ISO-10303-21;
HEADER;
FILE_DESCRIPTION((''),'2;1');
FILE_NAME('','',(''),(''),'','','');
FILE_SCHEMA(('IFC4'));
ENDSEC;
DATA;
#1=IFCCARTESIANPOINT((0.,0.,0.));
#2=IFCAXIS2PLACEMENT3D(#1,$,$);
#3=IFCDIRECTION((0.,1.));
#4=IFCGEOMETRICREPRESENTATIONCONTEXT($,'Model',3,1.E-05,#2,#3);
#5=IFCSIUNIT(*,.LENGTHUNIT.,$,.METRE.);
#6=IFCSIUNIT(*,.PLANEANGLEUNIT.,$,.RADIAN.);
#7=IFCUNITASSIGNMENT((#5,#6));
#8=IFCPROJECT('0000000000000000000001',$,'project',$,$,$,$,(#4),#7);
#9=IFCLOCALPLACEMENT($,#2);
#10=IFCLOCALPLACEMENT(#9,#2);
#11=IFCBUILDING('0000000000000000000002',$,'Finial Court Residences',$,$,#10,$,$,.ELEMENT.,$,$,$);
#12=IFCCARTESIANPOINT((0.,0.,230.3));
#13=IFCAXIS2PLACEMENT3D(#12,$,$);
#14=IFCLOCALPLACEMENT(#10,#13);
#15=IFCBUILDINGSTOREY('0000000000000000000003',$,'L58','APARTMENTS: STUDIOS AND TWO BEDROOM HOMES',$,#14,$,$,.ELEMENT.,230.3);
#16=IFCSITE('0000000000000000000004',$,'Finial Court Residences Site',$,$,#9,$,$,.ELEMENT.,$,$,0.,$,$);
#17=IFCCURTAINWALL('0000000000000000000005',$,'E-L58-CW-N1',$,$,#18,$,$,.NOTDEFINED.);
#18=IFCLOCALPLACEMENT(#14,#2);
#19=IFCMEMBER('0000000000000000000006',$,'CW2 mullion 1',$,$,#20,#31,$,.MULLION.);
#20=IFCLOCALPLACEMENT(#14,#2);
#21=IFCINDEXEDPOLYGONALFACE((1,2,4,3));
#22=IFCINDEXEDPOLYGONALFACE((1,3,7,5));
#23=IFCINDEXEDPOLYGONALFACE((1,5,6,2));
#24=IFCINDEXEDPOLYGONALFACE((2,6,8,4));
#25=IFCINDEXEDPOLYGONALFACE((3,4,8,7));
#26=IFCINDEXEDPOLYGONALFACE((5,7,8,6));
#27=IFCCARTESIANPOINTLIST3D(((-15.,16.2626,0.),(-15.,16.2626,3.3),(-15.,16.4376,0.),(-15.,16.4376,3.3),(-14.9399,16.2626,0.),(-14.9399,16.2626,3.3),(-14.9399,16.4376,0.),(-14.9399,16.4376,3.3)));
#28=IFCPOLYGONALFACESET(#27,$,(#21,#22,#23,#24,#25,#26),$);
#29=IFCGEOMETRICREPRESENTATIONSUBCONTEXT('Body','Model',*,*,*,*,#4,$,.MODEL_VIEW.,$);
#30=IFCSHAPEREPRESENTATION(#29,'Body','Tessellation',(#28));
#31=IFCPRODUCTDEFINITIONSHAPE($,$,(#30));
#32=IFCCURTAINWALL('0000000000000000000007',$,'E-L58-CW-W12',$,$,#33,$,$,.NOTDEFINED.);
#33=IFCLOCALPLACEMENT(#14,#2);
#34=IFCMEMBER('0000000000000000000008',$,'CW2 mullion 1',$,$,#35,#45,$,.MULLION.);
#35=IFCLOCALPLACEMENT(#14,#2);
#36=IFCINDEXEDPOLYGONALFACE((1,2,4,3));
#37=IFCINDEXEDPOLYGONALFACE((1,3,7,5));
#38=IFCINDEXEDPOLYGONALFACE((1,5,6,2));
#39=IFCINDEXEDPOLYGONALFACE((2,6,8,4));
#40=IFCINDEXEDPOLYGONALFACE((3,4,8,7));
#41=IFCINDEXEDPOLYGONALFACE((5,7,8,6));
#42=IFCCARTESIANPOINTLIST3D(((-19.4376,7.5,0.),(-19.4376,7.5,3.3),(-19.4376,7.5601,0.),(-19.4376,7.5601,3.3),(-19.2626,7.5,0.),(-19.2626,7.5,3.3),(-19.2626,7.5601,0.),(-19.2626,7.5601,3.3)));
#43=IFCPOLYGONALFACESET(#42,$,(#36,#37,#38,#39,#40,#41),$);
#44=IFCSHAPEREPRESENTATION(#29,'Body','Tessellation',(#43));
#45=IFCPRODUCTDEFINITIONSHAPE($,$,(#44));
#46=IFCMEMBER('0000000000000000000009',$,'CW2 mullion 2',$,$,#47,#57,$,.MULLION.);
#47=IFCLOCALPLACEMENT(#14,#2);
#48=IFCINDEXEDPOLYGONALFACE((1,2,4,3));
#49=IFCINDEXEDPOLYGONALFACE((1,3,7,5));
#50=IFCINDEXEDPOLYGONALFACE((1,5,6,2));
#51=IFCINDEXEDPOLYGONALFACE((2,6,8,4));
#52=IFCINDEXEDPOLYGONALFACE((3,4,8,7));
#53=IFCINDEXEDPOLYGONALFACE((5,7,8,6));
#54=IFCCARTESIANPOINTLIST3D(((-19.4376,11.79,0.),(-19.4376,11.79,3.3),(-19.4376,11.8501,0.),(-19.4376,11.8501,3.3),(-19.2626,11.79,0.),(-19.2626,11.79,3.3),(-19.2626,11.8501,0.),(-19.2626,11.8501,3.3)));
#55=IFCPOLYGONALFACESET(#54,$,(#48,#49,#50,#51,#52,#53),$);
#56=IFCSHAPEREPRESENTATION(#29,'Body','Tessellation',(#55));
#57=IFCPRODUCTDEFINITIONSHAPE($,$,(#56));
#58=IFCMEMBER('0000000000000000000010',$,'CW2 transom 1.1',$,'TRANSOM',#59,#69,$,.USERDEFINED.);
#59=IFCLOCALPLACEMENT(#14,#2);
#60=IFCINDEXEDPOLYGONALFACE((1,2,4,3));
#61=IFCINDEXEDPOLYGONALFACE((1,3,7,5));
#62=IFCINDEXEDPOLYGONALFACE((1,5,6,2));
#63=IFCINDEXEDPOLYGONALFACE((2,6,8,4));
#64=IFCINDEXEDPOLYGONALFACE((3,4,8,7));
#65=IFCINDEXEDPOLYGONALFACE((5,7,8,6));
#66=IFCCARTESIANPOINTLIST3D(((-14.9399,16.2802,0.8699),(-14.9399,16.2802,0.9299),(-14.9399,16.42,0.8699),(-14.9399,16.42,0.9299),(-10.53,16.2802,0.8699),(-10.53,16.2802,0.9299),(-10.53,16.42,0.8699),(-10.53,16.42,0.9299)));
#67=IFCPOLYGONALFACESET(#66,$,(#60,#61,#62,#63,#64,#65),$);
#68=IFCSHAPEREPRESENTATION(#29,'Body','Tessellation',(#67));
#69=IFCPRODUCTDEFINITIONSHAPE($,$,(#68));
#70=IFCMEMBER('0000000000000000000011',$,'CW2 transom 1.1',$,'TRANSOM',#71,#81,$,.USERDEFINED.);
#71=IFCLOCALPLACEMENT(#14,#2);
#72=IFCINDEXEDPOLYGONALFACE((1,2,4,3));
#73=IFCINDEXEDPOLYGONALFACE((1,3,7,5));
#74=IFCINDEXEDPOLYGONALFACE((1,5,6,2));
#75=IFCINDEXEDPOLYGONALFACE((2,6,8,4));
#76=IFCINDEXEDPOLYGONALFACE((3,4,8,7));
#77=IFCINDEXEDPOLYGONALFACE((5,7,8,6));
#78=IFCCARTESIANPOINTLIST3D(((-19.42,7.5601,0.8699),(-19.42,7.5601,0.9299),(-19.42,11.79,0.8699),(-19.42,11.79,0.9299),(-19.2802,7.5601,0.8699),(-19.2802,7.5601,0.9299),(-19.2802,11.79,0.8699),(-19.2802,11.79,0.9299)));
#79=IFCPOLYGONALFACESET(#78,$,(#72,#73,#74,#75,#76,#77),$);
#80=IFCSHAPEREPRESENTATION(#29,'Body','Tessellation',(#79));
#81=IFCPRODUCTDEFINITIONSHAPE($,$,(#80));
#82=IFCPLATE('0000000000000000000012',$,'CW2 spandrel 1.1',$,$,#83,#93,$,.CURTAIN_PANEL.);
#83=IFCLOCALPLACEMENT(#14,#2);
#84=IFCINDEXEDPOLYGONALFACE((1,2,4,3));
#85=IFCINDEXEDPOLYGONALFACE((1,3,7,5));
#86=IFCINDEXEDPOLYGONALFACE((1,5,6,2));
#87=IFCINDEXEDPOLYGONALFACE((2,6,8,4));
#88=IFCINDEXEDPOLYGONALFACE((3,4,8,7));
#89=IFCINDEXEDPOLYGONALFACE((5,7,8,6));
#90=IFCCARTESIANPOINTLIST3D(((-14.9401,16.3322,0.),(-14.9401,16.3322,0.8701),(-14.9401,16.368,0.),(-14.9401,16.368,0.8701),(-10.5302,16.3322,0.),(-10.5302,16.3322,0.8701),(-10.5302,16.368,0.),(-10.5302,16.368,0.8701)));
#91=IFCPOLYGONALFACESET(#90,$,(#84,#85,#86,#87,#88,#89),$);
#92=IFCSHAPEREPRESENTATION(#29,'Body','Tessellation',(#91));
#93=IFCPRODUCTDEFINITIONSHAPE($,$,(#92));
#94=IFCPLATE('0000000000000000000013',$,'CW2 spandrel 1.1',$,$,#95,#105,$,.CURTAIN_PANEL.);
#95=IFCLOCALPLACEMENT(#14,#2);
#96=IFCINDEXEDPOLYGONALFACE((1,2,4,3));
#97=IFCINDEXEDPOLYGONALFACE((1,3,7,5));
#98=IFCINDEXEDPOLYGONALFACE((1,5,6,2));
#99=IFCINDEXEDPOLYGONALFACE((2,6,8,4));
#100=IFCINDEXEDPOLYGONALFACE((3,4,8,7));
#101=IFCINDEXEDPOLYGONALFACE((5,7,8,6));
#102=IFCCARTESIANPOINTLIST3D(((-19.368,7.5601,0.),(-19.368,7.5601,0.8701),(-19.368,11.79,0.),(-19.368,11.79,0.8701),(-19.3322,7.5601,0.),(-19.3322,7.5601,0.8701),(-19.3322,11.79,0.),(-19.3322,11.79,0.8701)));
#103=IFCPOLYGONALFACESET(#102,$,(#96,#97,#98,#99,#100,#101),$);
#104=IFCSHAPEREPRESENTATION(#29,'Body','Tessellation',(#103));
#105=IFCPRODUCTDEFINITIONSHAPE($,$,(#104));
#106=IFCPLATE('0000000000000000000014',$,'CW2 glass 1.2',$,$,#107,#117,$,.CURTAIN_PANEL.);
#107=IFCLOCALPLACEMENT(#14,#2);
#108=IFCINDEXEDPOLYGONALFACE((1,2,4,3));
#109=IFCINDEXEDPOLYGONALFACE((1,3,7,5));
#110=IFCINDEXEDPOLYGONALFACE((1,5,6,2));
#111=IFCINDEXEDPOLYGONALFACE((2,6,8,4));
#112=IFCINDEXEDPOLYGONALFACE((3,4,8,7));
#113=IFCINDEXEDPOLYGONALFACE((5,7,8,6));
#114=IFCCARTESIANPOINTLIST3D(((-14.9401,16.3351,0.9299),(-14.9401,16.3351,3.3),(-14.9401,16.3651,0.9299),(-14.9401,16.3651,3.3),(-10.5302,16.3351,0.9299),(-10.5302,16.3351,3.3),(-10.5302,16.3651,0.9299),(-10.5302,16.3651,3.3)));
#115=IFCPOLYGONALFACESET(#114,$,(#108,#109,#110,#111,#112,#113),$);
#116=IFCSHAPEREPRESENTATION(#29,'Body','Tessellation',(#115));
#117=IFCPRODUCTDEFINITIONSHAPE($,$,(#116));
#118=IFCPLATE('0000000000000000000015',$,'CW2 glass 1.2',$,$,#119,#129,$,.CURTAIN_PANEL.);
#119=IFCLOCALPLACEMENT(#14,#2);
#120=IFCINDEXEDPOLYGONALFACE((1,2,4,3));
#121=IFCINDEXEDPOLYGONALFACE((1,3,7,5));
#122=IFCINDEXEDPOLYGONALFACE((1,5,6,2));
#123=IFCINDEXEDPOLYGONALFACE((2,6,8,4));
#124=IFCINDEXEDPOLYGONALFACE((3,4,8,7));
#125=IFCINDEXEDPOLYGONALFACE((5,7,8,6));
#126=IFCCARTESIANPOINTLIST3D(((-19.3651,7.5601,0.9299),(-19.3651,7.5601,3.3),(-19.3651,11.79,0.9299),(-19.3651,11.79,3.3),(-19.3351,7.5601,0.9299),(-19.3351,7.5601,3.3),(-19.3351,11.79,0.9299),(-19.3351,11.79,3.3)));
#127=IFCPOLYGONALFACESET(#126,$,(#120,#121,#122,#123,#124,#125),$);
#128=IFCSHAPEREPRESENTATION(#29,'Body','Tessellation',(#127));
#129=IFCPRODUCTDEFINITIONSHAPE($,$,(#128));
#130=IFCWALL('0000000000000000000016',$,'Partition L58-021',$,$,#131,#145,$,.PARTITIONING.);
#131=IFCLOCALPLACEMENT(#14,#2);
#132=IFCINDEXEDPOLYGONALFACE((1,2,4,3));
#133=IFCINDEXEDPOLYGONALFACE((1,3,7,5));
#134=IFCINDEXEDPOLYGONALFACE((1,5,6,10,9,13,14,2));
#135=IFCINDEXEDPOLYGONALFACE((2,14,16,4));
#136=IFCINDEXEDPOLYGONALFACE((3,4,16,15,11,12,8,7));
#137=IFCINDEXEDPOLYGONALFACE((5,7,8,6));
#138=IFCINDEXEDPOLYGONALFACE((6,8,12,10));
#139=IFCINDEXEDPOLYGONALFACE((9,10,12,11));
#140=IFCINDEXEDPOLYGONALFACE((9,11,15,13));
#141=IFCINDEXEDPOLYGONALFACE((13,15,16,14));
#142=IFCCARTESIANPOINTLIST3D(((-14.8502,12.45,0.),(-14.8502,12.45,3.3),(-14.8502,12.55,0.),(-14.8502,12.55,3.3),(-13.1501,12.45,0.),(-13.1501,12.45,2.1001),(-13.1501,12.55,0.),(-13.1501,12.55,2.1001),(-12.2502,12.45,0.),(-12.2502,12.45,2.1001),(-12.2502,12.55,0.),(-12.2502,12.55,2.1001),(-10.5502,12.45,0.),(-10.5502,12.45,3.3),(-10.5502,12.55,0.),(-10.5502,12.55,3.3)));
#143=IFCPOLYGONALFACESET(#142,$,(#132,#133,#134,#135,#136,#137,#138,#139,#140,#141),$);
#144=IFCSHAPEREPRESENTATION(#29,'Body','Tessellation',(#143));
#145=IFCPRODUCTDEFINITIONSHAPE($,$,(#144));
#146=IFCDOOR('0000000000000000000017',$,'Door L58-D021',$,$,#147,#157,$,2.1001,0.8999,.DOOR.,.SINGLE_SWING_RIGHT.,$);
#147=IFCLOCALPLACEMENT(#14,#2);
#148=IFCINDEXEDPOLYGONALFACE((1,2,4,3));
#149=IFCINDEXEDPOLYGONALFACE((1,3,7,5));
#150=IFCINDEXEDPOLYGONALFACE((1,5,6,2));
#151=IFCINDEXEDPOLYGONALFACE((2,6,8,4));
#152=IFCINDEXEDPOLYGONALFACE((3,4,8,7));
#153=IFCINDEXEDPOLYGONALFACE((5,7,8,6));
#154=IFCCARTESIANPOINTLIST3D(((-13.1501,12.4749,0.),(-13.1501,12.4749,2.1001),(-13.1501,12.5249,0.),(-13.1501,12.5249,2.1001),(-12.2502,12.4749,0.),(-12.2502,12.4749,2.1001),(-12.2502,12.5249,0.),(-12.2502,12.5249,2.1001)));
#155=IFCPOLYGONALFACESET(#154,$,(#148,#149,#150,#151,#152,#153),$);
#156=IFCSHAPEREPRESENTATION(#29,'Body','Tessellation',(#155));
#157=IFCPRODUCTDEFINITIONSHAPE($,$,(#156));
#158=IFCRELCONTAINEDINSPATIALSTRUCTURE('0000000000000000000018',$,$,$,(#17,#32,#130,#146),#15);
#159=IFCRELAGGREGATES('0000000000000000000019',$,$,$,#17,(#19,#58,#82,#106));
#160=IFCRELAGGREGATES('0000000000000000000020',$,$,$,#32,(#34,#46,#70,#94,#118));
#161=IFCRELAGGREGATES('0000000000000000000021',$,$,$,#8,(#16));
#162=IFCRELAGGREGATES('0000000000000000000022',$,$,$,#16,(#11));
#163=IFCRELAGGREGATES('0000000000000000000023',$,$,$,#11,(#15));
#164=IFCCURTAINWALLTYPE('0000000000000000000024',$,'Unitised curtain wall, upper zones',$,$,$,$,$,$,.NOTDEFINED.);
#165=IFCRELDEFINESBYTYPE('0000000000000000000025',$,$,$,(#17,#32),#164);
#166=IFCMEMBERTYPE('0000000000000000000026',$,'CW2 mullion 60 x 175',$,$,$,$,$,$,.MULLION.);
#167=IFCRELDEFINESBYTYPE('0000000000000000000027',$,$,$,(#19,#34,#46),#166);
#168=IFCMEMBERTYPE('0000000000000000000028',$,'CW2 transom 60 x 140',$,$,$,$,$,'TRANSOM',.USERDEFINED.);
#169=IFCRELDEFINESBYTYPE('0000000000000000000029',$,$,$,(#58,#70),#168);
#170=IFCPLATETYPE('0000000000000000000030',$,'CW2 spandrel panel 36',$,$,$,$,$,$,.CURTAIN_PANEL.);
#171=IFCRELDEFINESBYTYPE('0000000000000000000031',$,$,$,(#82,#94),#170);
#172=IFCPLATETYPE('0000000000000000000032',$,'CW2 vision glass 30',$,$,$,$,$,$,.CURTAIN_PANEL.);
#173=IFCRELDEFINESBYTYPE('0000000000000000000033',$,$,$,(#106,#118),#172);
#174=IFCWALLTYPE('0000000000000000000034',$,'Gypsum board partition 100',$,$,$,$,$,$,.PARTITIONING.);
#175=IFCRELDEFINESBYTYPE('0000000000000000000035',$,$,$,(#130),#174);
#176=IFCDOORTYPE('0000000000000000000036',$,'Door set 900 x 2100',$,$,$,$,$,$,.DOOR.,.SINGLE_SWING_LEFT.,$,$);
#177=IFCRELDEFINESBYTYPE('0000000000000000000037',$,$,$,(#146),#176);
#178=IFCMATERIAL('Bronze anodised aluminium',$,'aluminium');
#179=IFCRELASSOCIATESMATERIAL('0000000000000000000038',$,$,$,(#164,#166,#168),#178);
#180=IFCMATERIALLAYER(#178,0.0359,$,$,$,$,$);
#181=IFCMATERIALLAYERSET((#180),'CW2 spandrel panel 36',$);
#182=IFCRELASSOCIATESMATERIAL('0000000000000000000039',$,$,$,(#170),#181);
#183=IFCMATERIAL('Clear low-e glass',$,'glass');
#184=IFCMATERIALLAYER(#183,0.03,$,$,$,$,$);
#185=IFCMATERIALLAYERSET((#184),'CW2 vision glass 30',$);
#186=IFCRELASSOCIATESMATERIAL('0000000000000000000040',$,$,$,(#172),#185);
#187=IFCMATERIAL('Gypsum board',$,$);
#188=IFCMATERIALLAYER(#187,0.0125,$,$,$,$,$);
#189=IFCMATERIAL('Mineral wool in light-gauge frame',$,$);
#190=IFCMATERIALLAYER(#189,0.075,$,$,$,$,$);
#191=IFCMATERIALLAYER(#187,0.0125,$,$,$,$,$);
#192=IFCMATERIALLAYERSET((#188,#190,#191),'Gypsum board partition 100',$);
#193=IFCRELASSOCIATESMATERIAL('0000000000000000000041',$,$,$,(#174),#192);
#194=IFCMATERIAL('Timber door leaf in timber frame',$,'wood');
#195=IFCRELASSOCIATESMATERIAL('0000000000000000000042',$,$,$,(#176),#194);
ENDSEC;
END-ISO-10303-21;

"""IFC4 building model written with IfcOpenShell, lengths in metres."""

from ifc_helpers import new_model, si_unit, direction, frame, frame_2d, origin, origin_2d, place, context, subcontext, project, spatial, rectangle, extrude, material, layer, layer_set, material_profile, profile_set, type_object, element, fill, aggregate, save


model = new_model("IFC4")

# Units and contexts
model_context = context("Model", 3, precision=1e-05, world=origin(), true_north=direction((0.0, 1.0)))
body_context = subcontext(model_context, "Body", "Model", "MODEL_VIEW")
ifc_project = project(units=[si_unit("LENGTHUNIT", "METRE"), si_unit("PLANEANGLEUNIT", "RADIAN")], contexts=[model_context])

# Site, building, storey
site_placement = place(None, origin())
site = spatial("IfcSite", under=ifc_project, at=site_placement, Name="Finial Court Residences Site", CompositionType="ELEMENT", RefElevation=0.0)
building_placement = place(site_placement, origin())
building = spatial("IfcBuilding", under=site, at=building_placement, Name="Finial Court Residences", CompositionType="ELEMENT")
storey_placement = place(building_placement, frame((0.0, 0.0, 230.3)))
storey = spatial("IfcBuildingStorey", under=building, at=storey_placement, Name="L58", Description="APARTMENTS: STUDIOS AND TWO BEDROOM HOMES", CompositionType="ELEMENT", Elevation=230.3)

# Curtain wall, member
ifc_material_1 = material(Name="Bronze anodised aluminium", Category="aluminium")
curtain_wall_type = type_object("IfcCurtainWallType", Name="Unitised curtain wall, upper zones", PredefinedType="NOTDEFINED", material=ifc_material_1)
curtain_wall_1_placement = place(storey_placement, origin())
curtain_wall_1 = element("IfcCurtainWall", 1, at=curtain_wall_1_placement, inside=storey, type_object=curtain_wall_type, Name="E-L58-CW-N1", PredefinedType="NOTDEFINED")
ifc_material_profile_1 = material_profile(ifc_material_1, rectangle(XDim=0.175, YDim=0.0601, at=origin_2d()), Name="CW2 mullion 60 x 175")
ifc_profile_set_1 = profile_set([ifc_material_profile_1], Name="Bronze anodised aluminium")
member_type_1 = type_object("IfcMemberType", Name="CW2 mullion 60 x 175", PredefinedType="MULLION", material=ifc_profile_set_1)
member_1_placement = place(storey_placement, frame((-14.97, 16.3501, 0.0), z_axis=(0.0, 0.0, 1.0), x_axis=(0.0, 1.0, 0.0)))
member_1 = element("IfcMember", 2, at=member_1_placement, type_object=member_type_1, Name="CW2 mullion 1", PredefinedType="MULLION", context=body_context, shape_type="SweptSolid", body=[
    extrude(rectangle(XDim=0.175, YDim=0.0601, at=origin_2d()), origin(), (0.0, 0.0, 1.0), 3.3),
])

# Curtain wall, members
curtain_wall_2_placement = place(storey_placement, origin())
curtain_wall_2 = element("IfcCurtainWall", 3, at=curtain_wall_2_placement, inside=storey, type_object=curtain_wall_type, Name="E-L58-CW-W12", PredefinedType="NOTDEFINED")
member_2_placement = place(storey_placement, frame((-19.3501, 7.53, 0.0), z_axis=(0.0, 0.0, 1.0), x_axis=(-1.0, 0.0, 0.0)))
member_2 = element("IfcMember", 4, at=member_2_placement, type_object=member_type_1, Name="CW2 mullion 1", PredefinedType="MULLION", context=body_context, shape_type="SweptSolid", body=[
    extrude(rectangle(XDim=0.175, YDim=0.0601, at=origin_2d()), origin(), (0.0, 0.0, 1.0), 3.3),
])
member_3_placement = place(storey_placement, frame((-19.3501, 11.8201, 0.0), z_axis=(0.0, 0.0, 1.0), x_axis=(-1.0, 0.0, 0.0)))
member_3 = element("IfcMember", 5, at=member_3_placement, type_object=member_type_1, Name="CW2 mullion 2", PredefinedType="MULLION", context=body_context, shape_type="SweptSolid", body=[
    extrude(rectangle(XDim=0.175, YDim=0.0601, at=origin_2d()), origin(), (0.0, 0.0, 1.0), 3.3),
])

# Members
ifc_material_profile_2 = material_profile(ifc_material_1, rectangle(XDim=0.1399, YDim=0.0601, at=origin_2d()), Name="CW2 transom 60 x 140")
ifc_profile_set_2 = profile_set([ifc_material_profile_2], Name="Bronze anodised aluminium")
member_type_2 = type_object("IfcMemberType", Name="CW2 transom 60 x 140", ElementType="TRANSOM", PredefinedType="USERDEFINED", material=ifc_profile_set_2)
member_4_placement = place(storey_placement, frame((-14.9399, 16.3501, 0.8999), z_axis=(1.0, 0.0, 0.0), x_axis=(0.0, 1.0, 0.0)))
member_4 = element("IfcMember", 6, at=member_4_placement, type_object=member_type_2, Name="CW2 transom 1.1", ObjectType="TRANSOM", PredefinedType="USERDEFINED", context=body_context, shape_type="SweptSolid", body=[
    extrude(rectangle(XDim=0.1399, YDim=0.0601, at=origin_2d()), origin(), (0.0, 0.0, 1.0), 4.4099),
])
member_5_placement = place(storey_placement, frame((-19.3501, 7.5601, 0.8999), z_axis=(0.0, 1.0, 0.0), x_axis=(-1.0, 0.0, 0.0)))
member_5 = element("IfcMember", 7, at=member_5_placement, type_object=member_type_2, Name="CW2 transom 1.1", ObjectType="TRANSOM", PredefinedType="USERDEFINED", context=body_context, shape_type="SweptSolid", body=[
    extrude(rectangle(XDim=0.1399, YDim=0.0601, at=origin_2d()), origin(), (0.0, 0.0, 1.0), 4.23),
])

# Plates
ifc_layer_1 = layer(ifc_material_1, 0.0359)
ifc_layer_set_1 = layer_set([ifc_layer_1], Name="CW2 spandrel panel 36")
plate_type_1 = type_object("IfcPlateType", Name="CW2 spandrel panel 36", PredefinedType="CURTAIN_PANEL", material=ifc_layer_set_1)
plate_1_placement = place(storey_placement, frame((-12.7351, 16.3501, 0.0), z_axis=(0.0, 0.0, 1.0), x_axis=(1.0, 0.0, 0.0)))
plate_1 = element("IfcPlate", 8, at=plate_1_placement, type_object=plate_type_1, Name="CW2 spandrel 1.1", PredefinedType="CURTAIN_PANEL", context=body_context, shape_type="SweptSolid", body=[
    extrude(rectangle(XDim=4.4099, YDim=0.0359, at=origin_2d()), origin(), (0.0, 0.0, 1.0), 0.8701),
])
plate_2_placement = place(storey_placement, frame((-19.3501, 9.675, 0.0), z_axis=(0.0, 0.0, 1.0), x_axis=(0.0, 1.0, 0.0)))
plate_2 = element("IfcPlate", 9, at=plate_2_placement, type_object=plate_type_1, Name="CW2 spandrel 1.1", PredefinedType="CURTAIN_PANEL", context=body_context, shape_type="SweptSolid", body=[
    extrude(rectangle(XDim=4.23, YDim=0.0359, at=origin_2d()), origin(), (0.0, 0.0, 1.0), 0.8701),
])
ifc_material_2 = material(Name="Clear low-e glass", Category="glass")
ifc_layer_2 = layer(ifc_material_2, 0.03)
ifc_layer_set_2 = layer_set([ifc_layer_2], Name="CW2 vision glass 30")
plate_type_2 = type_object("IfcPlateType", Name="CW2 vision glass 30", PredefinedType="CURTAIN_PANEL", material=ifc_layer_set_2)
plate_3_placement = place(storey_placement, frame((-12.7351, 16.3501, 0.9299), z_axis=(0.0, 0.0, 1.0), x_axis=(1.0, 0.0, 0.0)))
plate_3 = element("IfcPlate", 10, at=plate_3_placement, type_object=plate_type_2, Name="CW2 glass 1.2", PredefinedType="CURTAIN_PANEL", context=body_context, shape_type="SweptSolid", body=[
    extrude(rectangle(XDim=4.4099, YDim=0.03, at=origin_2d()), origin(), (0.0, 0.0, 1.0), 2.3701),
])
aggregate(curtain_wall_1, [member_1, member_4, plate_1, plate_3])
plate_4_placement = place(storey_placement, frame((-19.3501, 9.675, 0.9299), z_axis=(0.0, 0.0, 1.0), x_axis=(0.0, 1.0, 0.0)))
plate_4 = element("IfcPlate", 11, at=plate_4_placement, type_object=plate_type_2, Name="CW2 glass 1.2", PredefinedType="CURTAIN_PANEL", context=body_context, shape_type="SweptSolid", body=[
    extrude(rectangle(XDim=4.23, YDim=0.03, at=origin_2d()), origin(), (0.0, 0.0, 1.0), 2.3701),
])
aggregate(curtain_wall_2, [member_2, member_3, member_5, plate_2, plate_4])

# Wall, opening, door
ifc_material_3 = material(Name="Gypsum board")
ifc_layer_3 = layer(ifc_material_3, 0.0125)
ifc_material_4 = material(Name="Mineral wool in light-gauge frame")
ifc_layer_4 = layer(ifc_material_4, 0.075)
ifc_layer_5 = layer(ifc_material_3, 0.0125)
ifc_layer_set_3 = layer_set([ifc_layer_3, ifc_layer_4, ifc_layer_5], Name="Gypsum board partition 100")
wall_type_1 = type_object("IfcWallType", Name="Gypsum board partition 100", PredefinedType="PARTITIONING", material=ifc_layer_set_3)
wall_1_placement = place(storey_placement, frame((-14.8501, 12.5, 0.0), z_axis=(0.0, 0.0, 1.0), x_axis=(1.0, 0.0, 0.0)))
wall_1 = element("IfcWall", 12, at=wall_1_placement, inside=storey, type_object=wall_type_1, Name="Partition L58-021", PredefinedType="PARTITIONING", context=body_context, shape_type="SweptSolid", body=[
    extrude(rectangle(XDim=4.3, YDim=0.1001, at=frame_2d((2.1499, 0.0))), origin(), (0.0, 0.0, 1.0), 3.3),
])
opening_1_placement = place(wall_1_placement, frame((1.7, 0.0, 0.0)))
opening_1 = element("IfcOpeningElement", 13, at=opening_1_placement, cuts=wall_1, PredefinedType="OPENING", context=body_context, shape_type="SweptSolid", body=[
    extrude(rectangle(XDim=0.8999, YDim=2.1001, at=frame_2d((0.45, 1.05))), frame((0.0, 0.0601, 0.0), z_axis=(0.0, -1.0, 0.0), x_axis=(1.0, 0.0, 0.0)), (0.0, 0.0, 1.0), 0.1201),
])
ifc_material_5 = material(Name="Timber door leaf in timber frame", Category="wood")
door_type = type_object("IfcDoorType", Name="Door set 900 x 2100", OperationType="SINGLE_SWING_LEFT", PredefinedType="DOOR", material=ifc_material_5)
door_placement = place(opening_1_placement, origin())
door = element("IfcDoor", 14, at=door_placement, inside=storey, type_object=door_type, Name="Door L58-D021", OperationType="SINGLE_SWING_RIGHT", OverallHeight=2.1001, OverallWidth=0.8999, PredefinedType="DOOR", context=body_context, shape_type="SweptSolid", body=[
    extrude(rectangle(XDim=0.8999, YDim=2.1001, at=frame_2d((0.45, 1.05))), frame((0.0, 0.0249, 0.0), z_axis=(0.0, -1.0, 0.0), x_axis=(1.0, 0.0, 0.0)), (0.0, 0.0, 1.0), 0.05),
])
fill(opening_1, door)

save(model, "model.ifc")
